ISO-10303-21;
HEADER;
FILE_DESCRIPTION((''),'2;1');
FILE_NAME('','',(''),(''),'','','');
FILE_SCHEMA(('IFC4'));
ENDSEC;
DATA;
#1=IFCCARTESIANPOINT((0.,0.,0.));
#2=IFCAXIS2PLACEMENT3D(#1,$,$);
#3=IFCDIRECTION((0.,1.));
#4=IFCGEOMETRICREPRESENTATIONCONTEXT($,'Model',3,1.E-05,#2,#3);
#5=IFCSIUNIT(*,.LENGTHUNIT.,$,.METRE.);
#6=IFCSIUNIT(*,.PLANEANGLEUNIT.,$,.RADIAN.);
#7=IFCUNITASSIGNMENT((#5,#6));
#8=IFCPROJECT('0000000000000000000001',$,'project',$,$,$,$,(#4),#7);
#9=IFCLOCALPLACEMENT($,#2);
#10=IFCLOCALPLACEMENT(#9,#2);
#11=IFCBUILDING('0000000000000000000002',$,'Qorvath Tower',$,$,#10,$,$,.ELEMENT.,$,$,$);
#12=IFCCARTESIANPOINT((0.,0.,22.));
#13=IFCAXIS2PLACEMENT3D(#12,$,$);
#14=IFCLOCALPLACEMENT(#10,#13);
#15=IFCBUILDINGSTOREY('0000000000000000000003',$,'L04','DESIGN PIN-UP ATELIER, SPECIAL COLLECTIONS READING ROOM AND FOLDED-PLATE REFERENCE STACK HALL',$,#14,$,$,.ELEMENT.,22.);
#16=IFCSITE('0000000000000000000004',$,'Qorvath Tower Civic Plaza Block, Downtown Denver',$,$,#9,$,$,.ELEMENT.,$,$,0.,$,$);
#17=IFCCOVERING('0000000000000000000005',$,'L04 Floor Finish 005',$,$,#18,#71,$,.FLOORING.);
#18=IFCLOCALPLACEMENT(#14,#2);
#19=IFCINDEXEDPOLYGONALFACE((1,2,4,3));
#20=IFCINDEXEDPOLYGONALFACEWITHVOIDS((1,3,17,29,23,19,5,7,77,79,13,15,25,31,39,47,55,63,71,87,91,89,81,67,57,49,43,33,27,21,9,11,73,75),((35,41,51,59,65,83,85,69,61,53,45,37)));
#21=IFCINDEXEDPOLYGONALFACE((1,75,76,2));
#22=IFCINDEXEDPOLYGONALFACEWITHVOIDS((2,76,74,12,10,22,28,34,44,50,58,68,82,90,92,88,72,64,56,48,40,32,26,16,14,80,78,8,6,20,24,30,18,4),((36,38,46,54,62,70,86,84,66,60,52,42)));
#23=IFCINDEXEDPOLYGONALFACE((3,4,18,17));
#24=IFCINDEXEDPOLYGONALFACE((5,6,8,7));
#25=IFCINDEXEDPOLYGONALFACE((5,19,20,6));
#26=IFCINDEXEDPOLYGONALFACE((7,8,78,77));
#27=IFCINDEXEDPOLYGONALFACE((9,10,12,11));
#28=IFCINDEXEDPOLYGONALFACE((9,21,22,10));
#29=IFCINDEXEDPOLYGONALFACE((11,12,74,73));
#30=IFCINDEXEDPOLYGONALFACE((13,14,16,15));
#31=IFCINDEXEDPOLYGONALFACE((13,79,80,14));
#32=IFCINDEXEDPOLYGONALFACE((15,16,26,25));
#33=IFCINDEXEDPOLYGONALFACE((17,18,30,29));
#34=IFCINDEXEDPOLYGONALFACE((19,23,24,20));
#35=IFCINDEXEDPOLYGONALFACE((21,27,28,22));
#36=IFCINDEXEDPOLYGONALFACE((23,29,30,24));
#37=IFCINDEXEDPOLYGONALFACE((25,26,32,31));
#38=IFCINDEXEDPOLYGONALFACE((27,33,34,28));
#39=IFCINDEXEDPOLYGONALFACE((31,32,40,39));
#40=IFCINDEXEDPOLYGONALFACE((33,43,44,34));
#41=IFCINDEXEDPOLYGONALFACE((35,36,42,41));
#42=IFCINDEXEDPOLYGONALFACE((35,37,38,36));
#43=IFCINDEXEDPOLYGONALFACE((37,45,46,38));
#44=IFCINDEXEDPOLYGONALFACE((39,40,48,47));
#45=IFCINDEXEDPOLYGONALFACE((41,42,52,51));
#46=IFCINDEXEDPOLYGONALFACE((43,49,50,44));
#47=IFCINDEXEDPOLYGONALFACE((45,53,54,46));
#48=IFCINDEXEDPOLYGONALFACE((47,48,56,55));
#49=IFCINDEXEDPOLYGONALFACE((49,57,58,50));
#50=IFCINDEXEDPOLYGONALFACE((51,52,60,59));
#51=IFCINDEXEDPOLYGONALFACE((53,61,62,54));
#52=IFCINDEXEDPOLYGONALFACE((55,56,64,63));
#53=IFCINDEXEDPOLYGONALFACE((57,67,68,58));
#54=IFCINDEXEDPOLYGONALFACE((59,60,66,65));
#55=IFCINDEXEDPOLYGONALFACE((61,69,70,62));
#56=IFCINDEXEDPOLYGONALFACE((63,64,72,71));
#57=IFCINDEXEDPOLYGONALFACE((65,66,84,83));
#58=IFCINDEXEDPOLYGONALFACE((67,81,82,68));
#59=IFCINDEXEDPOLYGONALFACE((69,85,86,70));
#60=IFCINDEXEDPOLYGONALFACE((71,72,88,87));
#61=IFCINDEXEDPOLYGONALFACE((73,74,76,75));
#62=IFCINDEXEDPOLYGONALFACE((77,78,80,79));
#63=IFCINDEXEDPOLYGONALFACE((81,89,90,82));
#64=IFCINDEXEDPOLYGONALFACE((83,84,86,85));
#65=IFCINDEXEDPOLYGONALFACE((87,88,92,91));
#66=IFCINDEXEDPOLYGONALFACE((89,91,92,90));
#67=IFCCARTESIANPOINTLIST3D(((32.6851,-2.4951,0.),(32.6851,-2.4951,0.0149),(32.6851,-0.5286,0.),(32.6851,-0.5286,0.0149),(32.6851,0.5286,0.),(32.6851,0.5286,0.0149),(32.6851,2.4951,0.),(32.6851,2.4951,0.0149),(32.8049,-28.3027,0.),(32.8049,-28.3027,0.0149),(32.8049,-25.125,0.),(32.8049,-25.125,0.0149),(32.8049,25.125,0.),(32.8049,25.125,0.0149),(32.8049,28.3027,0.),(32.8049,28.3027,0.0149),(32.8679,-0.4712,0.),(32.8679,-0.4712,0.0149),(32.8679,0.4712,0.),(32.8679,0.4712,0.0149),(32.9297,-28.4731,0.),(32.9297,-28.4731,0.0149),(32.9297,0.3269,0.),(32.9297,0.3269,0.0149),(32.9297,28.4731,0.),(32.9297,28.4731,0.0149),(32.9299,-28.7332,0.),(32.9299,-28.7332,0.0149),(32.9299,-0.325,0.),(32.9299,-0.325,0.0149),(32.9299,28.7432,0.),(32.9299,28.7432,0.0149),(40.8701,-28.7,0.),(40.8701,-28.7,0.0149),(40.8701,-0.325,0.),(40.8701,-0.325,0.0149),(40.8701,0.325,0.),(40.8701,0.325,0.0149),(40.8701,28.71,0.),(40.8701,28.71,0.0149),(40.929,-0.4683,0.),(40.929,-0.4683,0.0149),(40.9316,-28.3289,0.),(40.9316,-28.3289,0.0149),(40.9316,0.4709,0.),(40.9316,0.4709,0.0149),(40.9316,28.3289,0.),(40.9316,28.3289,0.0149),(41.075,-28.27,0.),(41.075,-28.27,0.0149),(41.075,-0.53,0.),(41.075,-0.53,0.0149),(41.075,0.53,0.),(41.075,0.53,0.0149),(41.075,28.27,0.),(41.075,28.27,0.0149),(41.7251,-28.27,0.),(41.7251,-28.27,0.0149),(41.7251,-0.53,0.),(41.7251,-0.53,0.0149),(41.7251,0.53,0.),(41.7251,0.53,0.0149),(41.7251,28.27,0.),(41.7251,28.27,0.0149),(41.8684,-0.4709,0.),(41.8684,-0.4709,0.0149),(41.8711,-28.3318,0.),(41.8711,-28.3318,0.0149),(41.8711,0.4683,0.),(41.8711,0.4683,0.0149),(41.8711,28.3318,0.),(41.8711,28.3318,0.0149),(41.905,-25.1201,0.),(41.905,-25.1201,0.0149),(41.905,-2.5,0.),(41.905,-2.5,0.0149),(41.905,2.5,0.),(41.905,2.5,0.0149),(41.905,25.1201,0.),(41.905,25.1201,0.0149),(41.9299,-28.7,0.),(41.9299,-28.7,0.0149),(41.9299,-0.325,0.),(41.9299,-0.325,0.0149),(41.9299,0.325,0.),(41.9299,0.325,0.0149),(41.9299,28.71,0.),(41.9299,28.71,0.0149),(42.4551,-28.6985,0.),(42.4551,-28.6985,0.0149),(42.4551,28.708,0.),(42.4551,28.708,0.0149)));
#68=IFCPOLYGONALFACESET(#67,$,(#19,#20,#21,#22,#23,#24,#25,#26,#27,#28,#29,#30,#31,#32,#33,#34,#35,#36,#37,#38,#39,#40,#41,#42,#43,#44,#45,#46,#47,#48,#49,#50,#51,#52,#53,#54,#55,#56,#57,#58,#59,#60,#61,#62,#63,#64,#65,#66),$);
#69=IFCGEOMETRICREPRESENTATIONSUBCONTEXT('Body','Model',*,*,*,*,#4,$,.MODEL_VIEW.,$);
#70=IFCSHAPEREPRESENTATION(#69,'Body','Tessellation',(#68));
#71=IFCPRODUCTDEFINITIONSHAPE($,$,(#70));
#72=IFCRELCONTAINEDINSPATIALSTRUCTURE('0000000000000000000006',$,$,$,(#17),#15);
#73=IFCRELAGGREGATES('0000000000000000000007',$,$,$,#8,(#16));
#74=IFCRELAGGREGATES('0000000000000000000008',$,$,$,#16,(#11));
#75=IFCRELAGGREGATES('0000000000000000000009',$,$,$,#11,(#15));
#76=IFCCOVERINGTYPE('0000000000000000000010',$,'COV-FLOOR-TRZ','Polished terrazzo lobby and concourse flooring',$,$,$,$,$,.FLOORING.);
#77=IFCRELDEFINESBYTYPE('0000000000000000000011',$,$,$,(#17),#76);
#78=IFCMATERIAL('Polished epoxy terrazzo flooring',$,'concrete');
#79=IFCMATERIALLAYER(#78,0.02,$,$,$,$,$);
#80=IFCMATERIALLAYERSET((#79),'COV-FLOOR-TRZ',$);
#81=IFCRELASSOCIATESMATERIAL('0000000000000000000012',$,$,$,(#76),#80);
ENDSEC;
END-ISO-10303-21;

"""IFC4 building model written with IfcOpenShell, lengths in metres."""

from ifc_helpers import new_model, si_unit, direction, frame, origin, place, context, subcontext, project, spatial, polyline, outline, extrude, material, layer, layer_set, type_object, element, save


model = new_model("IFC4")

# Units and contexts
model_context = context("Model", 3, precision=1e-05, world=origin(), true_north=direction((0.0, 1.0)))
body_context = subcontext(model_context, "Body", "Model", "MODEL_VIEW")
ifc_project = project(units=[si_unit("LENGTHUNIT", "METRE"), si_unit("PLANEANGLEUNIT", "RADIAN")], contexts=[model_context])

# Site, building, storey
site_placement = place(None, origin())
site = spatial("IfcSite", under=ifc_project, at=site_placement, Name="Qorvath Tower Civic Plaza Block, Downtown Denver", CompositionType="ELEMENT", RefElevation=0.0)
building_placement = place(site_placement, origin())
building = spatial("IfcBuilding", under=site, at=building_placement, Name="Qorvath Tower", CompositionType="ELEMENT")
storey_placement = place(building_placement, frame((0.0, 0.0, 22.0)))
storey = spatial("IfcBuildingStorey", under=building, at=storey_placement, Name="L04", Description="DESIGN PIN-UP ATELIER, SPECIAL COLLECTIONS READING ROOM AND FOLDED-PLATE REFERENCE STACK HALL", CompositionType="ELEMENT", Elevation=22.0)

# Covering
ifc_material_1 = material(Name="Polished epoxy terrazzo flooring", Category="concrete")
ifc_layer_1 = layer(ifc_material_1, 0.02)
ifc_layer_set_1 = layer_set([ifc_layer_1], Name="COV-FLOOR-TRZ")
covering_type_1 = type_object("IfcCoveringType", Name="COV-FLOOR-TRZ", Description="Polished terrazzo lobby and concourse flooring", PredefinedType="FLOORING", material=ifc_layer_set_1)
covering_1_placement = place(storey_placement, origin())
element("IfcCovering", 1, at=covering_1_placement, inside=storey, type_object=covering_type_1, Name="L04 Floor Finish 005", PredefinedType="FLOORING", context=body_context, shape_type="SweptSolid", body=[
    extrude(outline(polyline([(41.905, -25.1201), (32.8049, -25.125), (32.8049, -28.3027), (32.9297, -28.4731), (32.9299, -28.7332), (40.8701, -28.7), (40.9316, -28.3289), (41.075, -28.27), (41.7251, -28.27), (41.8711, -28.3318), (41.9299, -28.7), (42.4551, -28.6985), (42.4551, 28.708), (41.9299, 28.71), (41.8711, 28.3318), (41.7251, 28.27), (41.075, 28.27), (40.9316, 28.3289), (40.8701, 28.71), (32.9299, 28.7432), (32.9297, 28.4731), (32.8049, 28.3027), (32.8049, 25.125), (41.905, 25.1201), (41.905, 2.5), (32.6851, 2.4951), (32.6851, 0.5286), (32.8679, 0.4712), (32.9297, 0.3269), (32.9299, -0.325), (32.8679, -0.4712), (32.6851, -0.5286), (32.6851, -2.4951), (41.905, -2.5), (41.905, -25.1201)]), holes=[polyline([(40.929, -0.4683), (40.8701, -0.325), (40.8701, 0.325), (40.9316, 0.4709), (41.075, 0.53), (41.7251, 0.53), (41.8711, 0.4683), (41.9299, 0.325), (41.9299, -0.325), (41.8684, -0.4709), (41.7251, -0.53), (41.075, -0.53), (40.929, -0.4683)])]), origin(), (0.0, 0.0, 1.0), 0.0149),
])

save(model, "model.ifc")
